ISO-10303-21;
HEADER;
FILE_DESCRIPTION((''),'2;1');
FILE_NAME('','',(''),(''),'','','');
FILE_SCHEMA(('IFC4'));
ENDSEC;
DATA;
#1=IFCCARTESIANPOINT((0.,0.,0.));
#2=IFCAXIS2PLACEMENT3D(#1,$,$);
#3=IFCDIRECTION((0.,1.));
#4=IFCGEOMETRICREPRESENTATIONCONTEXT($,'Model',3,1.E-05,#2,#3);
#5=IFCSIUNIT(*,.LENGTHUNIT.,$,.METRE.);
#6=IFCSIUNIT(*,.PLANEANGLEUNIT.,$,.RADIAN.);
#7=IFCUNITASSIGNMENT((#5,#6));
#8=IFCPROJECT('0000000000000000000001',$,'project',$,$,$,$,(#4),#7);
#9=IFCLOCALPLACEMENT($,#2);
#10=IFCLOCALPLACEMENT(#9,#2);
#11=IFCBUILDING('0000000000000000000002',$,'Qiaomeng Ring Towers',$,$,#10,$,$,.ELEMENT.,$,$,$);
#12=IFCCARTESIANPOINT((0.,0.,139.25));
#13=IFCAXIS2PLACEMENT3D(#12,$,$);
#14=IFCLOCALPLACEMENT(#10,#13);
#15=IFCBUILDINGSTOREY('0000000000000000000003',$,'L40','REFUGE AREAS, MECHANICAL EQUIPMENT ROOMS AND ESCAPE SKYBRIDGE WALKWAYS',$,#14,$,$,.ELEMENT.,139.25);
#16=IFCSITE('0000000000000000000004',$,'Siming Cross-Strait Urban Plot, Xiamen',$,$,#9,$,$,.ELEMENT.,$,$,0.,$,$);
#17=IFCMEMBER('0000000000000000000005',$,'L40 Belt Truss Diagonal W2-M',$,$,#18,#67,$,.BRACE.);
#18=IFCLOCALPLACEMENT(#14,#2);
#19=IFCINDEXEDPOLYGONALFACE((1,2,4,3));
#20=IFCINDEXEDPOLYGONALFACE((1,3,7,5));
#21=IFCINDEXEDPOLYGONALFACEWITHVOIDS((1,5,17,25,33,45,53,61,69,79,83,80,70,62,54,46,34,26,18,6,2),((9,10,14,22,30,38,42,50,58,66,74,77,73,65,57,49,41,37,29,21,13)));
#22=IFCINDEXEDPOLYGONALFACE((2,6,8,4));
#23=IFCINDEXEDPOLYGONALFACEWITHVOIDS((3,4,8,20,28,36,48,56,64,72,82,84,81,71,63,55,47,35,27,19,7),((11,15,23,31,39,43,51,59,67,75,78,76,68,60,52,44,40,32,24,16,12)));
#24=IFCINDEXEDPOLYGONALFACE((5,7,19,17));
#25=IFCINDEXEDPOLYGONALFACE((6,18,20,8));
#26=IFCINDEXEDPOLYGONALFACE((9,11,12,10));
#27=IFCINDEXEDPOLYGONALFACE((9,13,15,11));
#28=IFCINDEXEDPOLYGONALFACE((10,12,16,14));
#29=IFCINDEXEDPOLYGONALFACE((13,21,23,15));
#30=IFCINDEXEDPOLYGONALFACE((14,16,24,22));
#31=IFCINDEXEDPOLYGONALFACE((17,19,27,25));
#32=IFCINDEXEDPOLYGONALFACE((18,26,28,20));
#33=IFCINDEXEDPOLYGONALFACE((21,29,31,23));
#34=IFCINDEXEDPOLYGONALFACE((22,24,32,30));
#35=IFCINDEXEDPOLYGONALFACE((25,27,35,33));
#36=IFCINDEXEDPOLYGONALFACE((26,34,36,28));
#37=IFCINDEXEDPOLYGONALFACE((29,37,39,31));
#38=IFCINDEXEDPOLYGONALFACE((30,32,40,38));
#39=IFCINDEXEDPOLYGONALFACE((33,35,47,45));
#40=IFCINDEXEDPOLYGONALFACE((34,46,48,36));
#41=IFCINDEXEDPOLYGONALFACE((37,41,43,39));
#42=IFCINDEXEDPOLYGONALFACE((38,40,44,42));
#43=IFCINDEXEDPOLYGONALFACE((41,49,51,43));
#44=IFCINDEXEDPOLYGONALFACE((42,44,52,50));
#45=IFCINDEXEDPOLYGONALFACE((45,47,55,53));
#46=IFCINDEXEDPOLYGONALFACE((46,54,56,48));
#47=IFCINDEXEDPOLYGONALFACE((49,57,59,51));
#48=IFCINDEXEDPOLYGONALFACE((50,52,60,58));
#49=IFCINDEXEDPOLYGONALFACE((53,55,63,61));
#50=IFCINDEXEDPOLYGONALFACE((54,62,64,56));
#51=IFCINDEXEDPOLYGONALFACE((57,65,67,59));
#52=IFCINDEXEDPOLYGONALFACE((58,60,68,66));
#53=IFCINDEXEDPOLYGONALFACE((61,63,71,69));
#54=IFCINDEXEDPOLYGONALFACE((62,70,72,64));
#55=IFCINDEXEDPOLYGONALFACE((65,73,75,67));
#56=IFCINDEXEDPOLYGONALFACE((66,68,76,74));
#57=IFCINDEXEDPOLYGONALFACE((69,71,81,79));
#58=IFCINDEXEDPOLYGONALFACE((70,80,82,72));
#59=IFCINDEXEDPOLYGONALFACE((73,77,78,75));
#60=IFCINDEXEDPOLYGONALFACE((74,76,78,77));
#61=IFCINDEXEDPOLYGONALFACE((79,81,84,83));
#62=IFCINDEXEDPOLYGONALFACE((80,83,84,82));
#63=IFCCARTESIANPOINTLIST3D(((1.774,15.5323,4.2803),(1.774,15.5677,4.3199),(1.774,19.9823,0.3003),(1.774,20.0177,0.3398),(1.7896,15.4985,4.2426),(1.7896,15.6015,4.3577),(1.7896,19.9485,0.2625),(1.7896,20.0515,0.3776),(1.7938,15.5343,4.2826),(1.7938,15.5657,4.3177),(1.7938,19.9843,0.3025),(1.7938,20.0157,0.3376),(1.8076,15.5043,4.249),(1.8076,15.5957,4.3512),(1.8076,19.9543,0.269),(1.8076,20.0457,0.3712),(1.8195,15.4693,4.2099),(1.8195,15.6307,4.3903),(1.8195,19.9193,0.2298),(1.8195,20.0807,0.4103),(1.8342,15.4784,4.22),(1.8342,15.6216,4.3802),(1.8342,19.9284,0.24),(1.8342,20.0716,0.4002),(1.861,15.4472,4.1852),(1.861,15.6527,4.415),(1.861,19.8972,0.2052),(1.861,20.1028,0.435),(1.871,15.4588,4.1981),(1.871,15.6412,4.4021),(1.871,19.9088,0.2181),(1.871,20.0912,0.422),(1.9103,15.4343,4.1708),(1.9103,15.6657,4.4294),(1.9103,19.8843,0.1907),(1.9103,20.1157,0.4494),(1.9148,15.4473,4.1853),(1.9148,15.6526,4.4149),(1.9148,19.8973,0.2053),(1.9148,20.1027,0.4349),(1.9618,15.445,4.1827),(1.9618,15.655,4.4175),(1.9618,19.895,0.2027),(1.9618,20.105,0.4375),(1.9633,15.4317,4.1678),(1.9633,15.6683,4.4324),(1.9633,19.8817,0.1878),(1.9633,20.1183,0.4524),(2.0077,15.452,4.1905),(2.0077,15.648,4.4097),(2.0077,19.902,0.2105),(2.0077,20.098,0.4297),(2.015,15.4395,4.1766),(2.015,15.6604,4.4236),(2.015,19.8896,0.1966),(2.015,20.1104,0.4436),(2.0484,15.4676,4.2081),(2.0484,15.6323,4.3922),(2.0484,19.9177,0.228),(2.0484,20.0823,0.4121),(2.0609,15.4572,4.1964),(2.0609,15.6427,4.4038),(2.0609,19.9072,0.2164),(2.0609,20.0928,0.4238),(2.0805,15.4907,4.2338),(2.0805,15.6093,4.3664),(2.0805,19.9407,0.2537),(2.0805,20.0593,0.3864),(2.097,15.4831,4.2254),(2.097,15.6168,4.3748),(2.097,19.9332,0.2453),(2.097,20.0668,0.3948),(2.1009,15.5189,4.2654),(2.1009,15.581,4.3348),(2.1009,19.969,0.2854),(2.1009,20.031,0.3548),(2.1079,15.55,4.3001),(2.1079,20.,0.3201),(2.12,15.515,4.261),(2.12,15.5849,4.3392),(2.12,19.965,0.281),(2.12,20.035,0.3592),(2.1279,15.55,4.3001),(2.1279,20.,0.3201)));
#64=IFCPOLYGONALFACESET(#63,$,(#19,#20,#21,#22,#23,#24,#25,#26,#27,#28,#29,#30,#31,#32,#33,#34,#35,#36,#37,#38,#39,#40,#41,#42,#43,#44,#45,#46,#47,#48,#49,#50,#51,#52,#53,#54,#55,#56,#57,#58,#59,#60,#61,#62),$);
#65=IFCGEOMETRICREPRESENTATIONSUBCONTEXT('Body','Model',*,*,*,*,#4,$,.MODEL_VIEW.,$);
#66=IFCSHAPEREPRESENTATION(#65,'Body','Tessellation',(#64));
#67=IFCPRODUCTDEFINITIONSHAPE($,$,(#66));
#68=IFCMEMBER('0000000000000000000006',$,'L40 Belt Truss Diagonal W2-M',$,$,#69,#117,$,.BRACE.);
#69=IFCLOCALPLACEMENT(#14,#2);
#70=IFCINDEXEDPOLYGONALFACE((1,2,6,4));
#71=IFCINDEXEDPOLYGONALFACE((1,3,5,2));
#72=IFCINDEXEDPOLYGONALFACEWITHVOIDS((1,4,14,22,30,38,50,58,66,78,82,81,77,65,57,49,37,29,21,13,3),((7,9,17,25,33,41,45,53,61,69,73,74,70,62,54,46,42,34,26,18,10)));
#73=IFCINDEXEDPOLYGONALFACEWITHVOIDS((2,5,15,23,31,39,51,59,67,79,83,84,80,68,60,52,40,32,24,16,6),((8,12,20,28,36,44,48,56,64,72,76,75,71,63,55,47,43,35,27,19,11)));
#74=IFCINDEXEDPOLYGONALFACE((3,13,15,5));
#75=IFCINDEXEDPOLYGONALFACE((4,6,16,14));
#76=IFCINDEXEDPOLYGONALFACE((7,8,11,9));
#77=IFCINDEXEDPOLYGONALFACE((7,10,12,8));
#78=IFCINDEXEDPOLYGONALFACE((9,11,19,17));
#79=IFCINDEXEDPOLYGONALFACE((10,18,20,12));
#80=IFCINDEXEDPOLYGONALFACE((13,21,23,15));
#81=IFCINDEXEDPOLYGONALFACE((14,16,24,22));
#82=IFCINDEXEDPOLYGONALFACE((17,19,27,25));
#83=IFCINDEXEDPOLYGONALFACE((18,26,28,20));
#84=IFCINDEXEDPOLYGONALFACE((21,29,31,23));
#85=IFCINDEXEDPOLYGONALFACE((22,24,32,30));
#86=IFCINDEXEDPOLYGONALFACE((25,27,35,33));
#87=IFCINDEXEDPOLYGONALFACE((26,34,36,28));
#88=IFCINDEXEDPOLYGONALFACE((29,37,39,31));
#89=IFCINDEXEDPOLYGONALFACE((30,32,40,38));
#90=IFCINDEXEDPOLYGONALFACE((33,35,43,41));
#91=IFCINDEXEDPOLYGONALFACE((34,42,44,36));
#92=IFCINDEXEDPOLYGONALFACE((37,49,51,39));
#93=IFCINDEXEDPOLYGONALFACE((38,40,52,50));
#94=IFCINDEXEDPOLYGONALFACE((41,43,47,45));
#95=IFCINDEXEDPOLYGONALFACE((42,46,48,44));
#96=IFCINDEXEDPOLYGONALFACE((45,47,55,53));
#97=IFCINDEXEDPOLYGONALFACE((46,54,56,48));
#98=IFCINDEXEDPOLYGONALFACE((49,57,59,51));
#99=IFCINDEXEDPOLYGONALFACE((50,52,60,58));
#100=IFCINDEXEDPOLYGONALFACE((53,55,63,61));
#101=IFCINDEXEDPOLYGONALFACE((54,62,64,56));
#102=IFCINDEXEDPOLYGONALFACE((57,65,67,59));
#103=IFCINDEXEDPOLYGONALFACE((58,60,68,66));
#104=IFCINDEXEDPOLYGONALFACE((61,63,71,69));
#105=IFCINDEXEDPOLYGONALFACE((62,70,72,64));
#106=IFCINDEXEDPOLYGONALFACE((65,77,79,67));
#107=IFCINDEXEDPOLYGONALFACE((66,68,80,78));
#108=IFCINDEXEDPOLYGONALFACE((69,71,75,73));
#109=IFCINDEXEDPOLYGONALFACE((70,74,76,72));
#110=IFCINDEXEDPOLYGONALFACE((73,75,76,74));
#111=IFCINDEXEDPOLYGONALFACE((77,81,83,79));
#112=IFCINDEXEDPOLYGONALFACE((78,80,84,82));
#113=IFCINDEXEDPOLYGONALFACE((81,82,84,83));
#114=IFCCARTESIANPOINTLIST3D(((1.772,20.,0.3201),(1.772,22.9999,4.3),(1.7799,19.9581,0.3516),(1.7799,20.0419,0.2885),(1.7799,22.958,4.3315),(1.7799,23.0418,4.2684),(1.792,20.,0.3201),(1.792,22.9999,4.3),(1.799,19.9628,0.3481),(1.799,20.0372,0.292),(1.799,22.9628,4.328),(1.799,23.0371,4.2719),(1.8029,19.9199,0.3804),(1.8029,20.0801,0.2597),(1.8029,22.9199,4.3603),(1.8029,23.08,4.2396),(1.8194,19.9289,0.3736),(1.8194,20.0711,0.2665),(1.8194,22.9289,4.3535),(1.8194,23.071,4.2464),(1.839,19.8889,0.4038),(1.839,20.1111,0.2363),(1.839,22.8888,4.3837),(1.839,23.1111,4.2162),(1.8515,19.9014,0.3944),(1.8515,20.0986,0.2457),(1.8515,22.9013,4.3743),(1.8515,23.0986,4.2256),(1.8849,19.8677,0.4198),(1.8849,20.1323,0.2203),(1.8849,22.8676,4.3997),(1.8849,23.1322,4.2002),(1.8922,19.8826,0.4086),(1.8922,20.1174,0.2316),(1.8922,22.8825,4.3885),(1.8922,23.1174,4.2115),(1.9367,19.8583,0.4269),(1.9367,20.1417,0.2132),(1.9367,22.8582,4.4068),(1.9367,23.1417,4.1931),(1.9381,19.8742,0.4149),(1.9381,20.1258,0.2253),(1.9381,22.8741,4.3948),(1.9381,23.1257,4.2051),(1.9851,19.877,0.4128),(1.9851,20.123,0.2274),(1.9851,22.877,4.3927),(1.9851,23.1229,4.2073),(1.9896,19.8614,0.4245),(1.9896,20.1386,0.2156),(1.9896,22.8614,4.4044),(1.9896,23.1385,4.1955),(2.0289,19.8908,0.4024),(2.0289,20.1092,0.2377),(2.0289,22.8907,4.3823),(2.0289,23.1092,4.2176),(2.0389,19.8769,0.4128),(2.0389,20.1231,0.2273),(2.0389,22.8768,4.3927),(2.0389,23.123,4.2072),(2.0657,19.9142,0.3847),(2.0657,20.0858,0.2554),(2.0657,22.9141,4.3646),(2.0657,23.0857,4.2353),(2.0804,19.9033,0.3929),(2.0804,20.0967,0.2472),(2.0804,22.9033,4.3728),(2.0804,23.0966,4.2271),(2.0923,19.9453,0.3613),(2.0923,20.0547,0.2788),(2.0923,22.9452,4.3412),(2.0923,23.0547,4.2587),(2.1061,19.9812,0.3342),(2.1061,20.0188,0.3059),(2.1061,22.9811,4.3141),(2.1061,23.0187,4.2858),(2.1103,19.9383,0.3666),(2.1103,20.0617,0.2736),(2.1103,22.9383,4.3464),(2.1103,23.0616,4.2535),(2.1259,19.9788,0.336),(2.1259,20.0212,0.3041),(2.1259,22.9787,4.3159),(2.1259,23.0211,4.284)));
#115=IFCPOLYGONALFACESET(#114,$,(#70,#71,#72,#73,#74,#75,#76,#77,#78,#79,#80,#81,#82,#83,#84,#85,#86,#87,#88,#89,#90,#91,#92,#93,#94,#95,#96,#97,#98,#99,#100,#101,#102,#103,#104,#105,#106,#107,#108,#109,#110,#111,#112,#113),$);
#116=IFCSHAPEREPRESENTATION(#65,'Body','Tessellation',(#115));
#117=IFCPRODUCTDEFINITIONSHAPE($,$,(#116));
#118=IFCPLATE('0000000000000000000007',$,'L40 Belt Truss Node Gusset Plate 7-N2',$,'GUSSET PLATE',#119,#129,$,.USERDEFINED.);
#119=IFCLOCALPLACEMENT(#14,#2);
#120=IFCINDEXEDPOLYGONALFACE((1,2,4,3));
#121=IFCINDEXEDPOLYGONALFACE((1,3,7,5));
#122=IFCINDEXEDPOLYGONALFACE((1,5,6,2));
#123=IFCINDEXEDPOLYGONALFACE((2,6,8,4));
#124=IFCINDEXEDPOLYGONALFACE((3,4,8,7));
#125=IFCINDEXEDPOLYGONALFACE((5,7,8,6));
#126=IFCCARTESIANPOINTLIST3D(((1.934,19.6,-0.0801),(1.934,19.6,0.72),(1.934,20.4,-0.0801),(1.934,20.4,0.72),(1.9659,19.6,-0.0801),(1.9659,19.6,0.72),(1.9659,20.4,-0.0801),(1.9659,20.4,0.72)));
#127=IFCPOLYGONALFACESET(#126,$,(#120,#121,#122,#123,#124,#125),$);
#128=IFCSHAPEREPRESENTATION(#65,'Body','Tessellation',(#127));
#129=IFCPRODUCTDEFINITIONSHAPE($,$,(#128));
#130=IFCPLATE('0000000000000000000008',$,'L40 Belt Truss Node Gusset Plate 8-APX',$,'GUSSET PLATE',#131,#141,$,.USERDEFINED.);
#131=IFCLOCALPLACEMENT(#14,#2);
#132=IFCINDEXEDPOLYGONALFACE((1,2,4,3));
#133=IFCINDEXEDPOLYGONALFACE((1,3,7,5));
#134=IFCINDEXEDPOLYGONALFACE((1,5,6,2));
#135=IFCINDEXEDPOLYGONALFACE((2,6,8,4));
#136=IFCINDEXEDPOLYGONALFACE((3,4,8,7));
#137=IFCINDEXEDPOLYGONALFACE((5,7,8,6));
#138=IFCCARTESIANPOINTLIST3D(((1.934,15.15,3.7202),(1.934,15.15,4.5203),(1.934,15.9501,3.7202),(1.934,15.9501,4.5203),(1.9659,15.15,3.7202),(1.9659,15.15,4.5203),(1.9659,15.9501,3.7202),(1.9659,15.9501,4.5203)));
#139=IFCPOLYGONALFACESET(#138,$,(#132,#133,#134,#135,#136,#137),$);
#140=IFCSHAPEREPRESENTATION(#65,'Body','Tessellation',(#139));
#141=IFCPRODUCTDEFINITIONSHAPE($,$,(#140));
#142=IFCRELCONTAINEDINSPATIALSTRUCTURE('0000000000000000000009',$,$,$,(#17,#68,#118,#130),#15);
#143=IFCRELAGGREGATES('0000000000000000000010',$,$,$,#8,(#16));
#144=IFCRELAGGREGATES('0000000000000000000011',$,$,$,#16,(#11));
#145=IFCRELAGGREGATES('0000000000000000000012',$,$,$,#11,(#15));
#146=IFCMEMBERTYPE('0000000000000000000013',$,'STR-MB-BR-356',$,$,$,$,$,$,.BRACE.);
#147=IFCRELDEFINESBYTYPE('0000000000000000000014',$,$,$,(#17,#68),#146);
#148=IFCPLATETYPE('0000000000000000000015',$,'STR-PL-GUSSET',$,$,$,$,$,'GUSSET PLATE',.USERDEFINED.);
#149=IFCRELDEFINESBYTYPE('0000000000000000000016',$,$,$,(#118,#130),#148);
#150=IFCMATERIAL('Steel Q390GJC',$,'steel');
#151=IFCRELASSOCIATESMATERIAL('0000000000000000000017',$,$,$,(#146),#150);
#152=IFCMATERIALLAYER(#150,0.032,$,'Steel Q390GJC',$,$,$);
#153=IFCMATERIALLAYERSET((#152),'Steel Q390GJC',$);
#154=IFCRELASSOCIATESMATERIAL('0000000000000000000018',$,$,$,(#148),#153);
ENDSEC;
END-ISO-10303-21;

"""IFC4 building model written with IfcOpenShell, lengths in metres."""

from ifc_helpers import new_model, si_unit, direction, frame, origin, origin_2d, place, context, subcontext, project, spatial, rectangle, hollow_circle, extrude, source, transform, mapped, material, layer, layer_set, material_profile, profile_set, type_object, element, save


model = new_model("IFC4")

# Units and contexts
model_context = context("Model", 3, precision=1e-05, world=origin(), true_north=direction((0.0, 1.0)))
body_context = subcontext(model_context, "Body", "Model", "MODEL_VIEW")
ifc_project = project(units=[si_unit("LENGTHUNIT", "METRE"), si_unit("PLANEANGLEUNIT", "RADIAN")], contexts=[model_context])

# Site, building, storey
site_placement = place(None, origin())
site = spatial("IfcSite", under=ifc_project, at=site_placement, Name="Siming Cross-Strait Urban Plot, Xiamen", CompositionType="ELEMENT", RefElevation=0.0)
building_placement = place(site_placement, origin())
building = spatial("IfcBuilding", under=site, at=building_placement, Name="Qiaomeng Ring Towers", CompositionType="ELEMENT")
storey_placement = place(building_placement, frame((0.0, 0.0, 139.25)))
storey = spatial("IfcBuildingStorey", under=building, at=storey_placement, Name="L40", Description="REFUGE AREAS, MECHANICAL EQUIPMENT ROOMS AND ESCAPE SKYBRIDGE WALKWAYS", CompositionType="ELEMENT", Elevation=139.25)

# Shared definitions
ifc_material_1 = material(Name="Steel Q390GJC", Category="steel")

# Members
ifc_material_profile_1 = material_profile(ifc_material_1, hollow_circle(Radius=0.178, WallThickness=0.02, at=origin_2d()), Name="CHS 356x20")
ifc_profile_set_1 = profile_set([ifc_material_profile_1], Name="Steel Q390GJC")
member_type_1 = type_object("IfcMemberType", Name="STR-MB-BR-356", PredefinedType="BRACE", material=ifc_profile_set_1)
shared_shape_1 = source(origin(), body_context, "Body", "SweptSolid", [
    extrude(hollow_circle(Radius=0.178, WallThickness=0.02, at=origin_2d()), origin(), (0.0, 0.0, 1.0), 5.9702),
])
member_1_placement = place(storey_placement, frame((1.95, 20.0, 0.3201), z_axis=(0.0, -0.745371, 0.66665), x_axis=(1.0, 0.0, 0.0)))
element("IfcMember", 1, at=member_1_placement, inside=storey, type_object=member_type_1, Name="L40 Belt Truss Diagonal W2-M", PredefinedType="BRACE", context=body_context, shape_type="MappedRepresentation", body=[
    mapped(shared_shape_1, transform((0.0, 0.0, 0.0), x_axis=(1.0, 0.0, 0.0), y_axis=(0.0, 1.0, 0.0), z_axis=(0.0, 0.0, 1.0), scale=1.0)),
])
shared_shape_2 = source(origin(), body_context, "Body", "SweptSolid", [
    extrude(hollow_circle(Radius=0.178, WallThickness=0.02, at=origin_2d()), origin(), (0.0, 0.0, 1.0), 4.9839),
])
member_2_placement = place(storey_placement, frame((1.95, 20.0, 0.3201), z_axis=(0.0, 0.601926, 0.798552), x_axis=(-1.0, 0.0, 0.0)))
element("IfcMember", 2, at=member_2_placement, inside=storey, type_object=member_type_1, Name="L40 Belt Truss Diagonal W2-M", PredefinedType="BRACE", context=body_context, shape_type="MappedRepresentation", body=[
    mapped(shared_shape_2, transform((0.0, 0.0, 0.0), x_axis=(1.0, 0.0, 0.0), y_axis=(0.0, 1.0, 0.0), z_axis=(0.0, 0.0, 1.0), scale=1.0)),
])

# Plates
ifc_layer_1 = layer(ifc_material_1, 0.032, Name="Steel Q390GJC")
ifc_layer_set_1 = layer_set([ifc_layer_1], Name="Steel Q390GJC")
plate_type = type_object("IfcPlateType", Name="STR-PL-GUSSET", ElementType="GUSSET PLATE", PredefinedType="USERDEFINED", material=ifc_layer_set_1)
shared_shape_3 = source(origin(), body_context, "Body", "SweptSolid", [
    extrude(rectangle(XDim=0.8, YDim=0.032, at=origin_2d()), origin(), (0.0, 0.0, 1.0), 0.8),
])
for number, where, z_axis, x_axis, name in (
    (3, (1.95, 20.0, -0.0801), (0.0, 0.0, 1.0), (0.0, -1.0, 0.0), "L40 Belt Truss Node Gusset Plate 7-N2"),
    (4, (1.95, 15.55, 3.7202), (0.0, 0.0, 1.0), (0.0, -1.0, 0.0), "L40 Belt Truss Node Gusset Plate 8-APX"),
):
    element("IfcPlate", number, at=place(storey_placement, frame(where, z_axis=z_axis, x_axis=x_axis)), inside=storey, type_object=plate_type, Name=name, ObjectType="GUSSET PLATE", PredefinedType="USERDEFINED", context=body_context, shape_type="MappedRepresentation", body=[
        mapped(shared_shape_3, transform((0.0, 0.0, 0.0), x_axis=(1.0, 0.0, 0.0), y_axis=(0.0, 1.0, 0.0), z_axis=(0.0, 0.0, 1.0), scale=1.0)),
    ])

save(model, "model.ifc")
